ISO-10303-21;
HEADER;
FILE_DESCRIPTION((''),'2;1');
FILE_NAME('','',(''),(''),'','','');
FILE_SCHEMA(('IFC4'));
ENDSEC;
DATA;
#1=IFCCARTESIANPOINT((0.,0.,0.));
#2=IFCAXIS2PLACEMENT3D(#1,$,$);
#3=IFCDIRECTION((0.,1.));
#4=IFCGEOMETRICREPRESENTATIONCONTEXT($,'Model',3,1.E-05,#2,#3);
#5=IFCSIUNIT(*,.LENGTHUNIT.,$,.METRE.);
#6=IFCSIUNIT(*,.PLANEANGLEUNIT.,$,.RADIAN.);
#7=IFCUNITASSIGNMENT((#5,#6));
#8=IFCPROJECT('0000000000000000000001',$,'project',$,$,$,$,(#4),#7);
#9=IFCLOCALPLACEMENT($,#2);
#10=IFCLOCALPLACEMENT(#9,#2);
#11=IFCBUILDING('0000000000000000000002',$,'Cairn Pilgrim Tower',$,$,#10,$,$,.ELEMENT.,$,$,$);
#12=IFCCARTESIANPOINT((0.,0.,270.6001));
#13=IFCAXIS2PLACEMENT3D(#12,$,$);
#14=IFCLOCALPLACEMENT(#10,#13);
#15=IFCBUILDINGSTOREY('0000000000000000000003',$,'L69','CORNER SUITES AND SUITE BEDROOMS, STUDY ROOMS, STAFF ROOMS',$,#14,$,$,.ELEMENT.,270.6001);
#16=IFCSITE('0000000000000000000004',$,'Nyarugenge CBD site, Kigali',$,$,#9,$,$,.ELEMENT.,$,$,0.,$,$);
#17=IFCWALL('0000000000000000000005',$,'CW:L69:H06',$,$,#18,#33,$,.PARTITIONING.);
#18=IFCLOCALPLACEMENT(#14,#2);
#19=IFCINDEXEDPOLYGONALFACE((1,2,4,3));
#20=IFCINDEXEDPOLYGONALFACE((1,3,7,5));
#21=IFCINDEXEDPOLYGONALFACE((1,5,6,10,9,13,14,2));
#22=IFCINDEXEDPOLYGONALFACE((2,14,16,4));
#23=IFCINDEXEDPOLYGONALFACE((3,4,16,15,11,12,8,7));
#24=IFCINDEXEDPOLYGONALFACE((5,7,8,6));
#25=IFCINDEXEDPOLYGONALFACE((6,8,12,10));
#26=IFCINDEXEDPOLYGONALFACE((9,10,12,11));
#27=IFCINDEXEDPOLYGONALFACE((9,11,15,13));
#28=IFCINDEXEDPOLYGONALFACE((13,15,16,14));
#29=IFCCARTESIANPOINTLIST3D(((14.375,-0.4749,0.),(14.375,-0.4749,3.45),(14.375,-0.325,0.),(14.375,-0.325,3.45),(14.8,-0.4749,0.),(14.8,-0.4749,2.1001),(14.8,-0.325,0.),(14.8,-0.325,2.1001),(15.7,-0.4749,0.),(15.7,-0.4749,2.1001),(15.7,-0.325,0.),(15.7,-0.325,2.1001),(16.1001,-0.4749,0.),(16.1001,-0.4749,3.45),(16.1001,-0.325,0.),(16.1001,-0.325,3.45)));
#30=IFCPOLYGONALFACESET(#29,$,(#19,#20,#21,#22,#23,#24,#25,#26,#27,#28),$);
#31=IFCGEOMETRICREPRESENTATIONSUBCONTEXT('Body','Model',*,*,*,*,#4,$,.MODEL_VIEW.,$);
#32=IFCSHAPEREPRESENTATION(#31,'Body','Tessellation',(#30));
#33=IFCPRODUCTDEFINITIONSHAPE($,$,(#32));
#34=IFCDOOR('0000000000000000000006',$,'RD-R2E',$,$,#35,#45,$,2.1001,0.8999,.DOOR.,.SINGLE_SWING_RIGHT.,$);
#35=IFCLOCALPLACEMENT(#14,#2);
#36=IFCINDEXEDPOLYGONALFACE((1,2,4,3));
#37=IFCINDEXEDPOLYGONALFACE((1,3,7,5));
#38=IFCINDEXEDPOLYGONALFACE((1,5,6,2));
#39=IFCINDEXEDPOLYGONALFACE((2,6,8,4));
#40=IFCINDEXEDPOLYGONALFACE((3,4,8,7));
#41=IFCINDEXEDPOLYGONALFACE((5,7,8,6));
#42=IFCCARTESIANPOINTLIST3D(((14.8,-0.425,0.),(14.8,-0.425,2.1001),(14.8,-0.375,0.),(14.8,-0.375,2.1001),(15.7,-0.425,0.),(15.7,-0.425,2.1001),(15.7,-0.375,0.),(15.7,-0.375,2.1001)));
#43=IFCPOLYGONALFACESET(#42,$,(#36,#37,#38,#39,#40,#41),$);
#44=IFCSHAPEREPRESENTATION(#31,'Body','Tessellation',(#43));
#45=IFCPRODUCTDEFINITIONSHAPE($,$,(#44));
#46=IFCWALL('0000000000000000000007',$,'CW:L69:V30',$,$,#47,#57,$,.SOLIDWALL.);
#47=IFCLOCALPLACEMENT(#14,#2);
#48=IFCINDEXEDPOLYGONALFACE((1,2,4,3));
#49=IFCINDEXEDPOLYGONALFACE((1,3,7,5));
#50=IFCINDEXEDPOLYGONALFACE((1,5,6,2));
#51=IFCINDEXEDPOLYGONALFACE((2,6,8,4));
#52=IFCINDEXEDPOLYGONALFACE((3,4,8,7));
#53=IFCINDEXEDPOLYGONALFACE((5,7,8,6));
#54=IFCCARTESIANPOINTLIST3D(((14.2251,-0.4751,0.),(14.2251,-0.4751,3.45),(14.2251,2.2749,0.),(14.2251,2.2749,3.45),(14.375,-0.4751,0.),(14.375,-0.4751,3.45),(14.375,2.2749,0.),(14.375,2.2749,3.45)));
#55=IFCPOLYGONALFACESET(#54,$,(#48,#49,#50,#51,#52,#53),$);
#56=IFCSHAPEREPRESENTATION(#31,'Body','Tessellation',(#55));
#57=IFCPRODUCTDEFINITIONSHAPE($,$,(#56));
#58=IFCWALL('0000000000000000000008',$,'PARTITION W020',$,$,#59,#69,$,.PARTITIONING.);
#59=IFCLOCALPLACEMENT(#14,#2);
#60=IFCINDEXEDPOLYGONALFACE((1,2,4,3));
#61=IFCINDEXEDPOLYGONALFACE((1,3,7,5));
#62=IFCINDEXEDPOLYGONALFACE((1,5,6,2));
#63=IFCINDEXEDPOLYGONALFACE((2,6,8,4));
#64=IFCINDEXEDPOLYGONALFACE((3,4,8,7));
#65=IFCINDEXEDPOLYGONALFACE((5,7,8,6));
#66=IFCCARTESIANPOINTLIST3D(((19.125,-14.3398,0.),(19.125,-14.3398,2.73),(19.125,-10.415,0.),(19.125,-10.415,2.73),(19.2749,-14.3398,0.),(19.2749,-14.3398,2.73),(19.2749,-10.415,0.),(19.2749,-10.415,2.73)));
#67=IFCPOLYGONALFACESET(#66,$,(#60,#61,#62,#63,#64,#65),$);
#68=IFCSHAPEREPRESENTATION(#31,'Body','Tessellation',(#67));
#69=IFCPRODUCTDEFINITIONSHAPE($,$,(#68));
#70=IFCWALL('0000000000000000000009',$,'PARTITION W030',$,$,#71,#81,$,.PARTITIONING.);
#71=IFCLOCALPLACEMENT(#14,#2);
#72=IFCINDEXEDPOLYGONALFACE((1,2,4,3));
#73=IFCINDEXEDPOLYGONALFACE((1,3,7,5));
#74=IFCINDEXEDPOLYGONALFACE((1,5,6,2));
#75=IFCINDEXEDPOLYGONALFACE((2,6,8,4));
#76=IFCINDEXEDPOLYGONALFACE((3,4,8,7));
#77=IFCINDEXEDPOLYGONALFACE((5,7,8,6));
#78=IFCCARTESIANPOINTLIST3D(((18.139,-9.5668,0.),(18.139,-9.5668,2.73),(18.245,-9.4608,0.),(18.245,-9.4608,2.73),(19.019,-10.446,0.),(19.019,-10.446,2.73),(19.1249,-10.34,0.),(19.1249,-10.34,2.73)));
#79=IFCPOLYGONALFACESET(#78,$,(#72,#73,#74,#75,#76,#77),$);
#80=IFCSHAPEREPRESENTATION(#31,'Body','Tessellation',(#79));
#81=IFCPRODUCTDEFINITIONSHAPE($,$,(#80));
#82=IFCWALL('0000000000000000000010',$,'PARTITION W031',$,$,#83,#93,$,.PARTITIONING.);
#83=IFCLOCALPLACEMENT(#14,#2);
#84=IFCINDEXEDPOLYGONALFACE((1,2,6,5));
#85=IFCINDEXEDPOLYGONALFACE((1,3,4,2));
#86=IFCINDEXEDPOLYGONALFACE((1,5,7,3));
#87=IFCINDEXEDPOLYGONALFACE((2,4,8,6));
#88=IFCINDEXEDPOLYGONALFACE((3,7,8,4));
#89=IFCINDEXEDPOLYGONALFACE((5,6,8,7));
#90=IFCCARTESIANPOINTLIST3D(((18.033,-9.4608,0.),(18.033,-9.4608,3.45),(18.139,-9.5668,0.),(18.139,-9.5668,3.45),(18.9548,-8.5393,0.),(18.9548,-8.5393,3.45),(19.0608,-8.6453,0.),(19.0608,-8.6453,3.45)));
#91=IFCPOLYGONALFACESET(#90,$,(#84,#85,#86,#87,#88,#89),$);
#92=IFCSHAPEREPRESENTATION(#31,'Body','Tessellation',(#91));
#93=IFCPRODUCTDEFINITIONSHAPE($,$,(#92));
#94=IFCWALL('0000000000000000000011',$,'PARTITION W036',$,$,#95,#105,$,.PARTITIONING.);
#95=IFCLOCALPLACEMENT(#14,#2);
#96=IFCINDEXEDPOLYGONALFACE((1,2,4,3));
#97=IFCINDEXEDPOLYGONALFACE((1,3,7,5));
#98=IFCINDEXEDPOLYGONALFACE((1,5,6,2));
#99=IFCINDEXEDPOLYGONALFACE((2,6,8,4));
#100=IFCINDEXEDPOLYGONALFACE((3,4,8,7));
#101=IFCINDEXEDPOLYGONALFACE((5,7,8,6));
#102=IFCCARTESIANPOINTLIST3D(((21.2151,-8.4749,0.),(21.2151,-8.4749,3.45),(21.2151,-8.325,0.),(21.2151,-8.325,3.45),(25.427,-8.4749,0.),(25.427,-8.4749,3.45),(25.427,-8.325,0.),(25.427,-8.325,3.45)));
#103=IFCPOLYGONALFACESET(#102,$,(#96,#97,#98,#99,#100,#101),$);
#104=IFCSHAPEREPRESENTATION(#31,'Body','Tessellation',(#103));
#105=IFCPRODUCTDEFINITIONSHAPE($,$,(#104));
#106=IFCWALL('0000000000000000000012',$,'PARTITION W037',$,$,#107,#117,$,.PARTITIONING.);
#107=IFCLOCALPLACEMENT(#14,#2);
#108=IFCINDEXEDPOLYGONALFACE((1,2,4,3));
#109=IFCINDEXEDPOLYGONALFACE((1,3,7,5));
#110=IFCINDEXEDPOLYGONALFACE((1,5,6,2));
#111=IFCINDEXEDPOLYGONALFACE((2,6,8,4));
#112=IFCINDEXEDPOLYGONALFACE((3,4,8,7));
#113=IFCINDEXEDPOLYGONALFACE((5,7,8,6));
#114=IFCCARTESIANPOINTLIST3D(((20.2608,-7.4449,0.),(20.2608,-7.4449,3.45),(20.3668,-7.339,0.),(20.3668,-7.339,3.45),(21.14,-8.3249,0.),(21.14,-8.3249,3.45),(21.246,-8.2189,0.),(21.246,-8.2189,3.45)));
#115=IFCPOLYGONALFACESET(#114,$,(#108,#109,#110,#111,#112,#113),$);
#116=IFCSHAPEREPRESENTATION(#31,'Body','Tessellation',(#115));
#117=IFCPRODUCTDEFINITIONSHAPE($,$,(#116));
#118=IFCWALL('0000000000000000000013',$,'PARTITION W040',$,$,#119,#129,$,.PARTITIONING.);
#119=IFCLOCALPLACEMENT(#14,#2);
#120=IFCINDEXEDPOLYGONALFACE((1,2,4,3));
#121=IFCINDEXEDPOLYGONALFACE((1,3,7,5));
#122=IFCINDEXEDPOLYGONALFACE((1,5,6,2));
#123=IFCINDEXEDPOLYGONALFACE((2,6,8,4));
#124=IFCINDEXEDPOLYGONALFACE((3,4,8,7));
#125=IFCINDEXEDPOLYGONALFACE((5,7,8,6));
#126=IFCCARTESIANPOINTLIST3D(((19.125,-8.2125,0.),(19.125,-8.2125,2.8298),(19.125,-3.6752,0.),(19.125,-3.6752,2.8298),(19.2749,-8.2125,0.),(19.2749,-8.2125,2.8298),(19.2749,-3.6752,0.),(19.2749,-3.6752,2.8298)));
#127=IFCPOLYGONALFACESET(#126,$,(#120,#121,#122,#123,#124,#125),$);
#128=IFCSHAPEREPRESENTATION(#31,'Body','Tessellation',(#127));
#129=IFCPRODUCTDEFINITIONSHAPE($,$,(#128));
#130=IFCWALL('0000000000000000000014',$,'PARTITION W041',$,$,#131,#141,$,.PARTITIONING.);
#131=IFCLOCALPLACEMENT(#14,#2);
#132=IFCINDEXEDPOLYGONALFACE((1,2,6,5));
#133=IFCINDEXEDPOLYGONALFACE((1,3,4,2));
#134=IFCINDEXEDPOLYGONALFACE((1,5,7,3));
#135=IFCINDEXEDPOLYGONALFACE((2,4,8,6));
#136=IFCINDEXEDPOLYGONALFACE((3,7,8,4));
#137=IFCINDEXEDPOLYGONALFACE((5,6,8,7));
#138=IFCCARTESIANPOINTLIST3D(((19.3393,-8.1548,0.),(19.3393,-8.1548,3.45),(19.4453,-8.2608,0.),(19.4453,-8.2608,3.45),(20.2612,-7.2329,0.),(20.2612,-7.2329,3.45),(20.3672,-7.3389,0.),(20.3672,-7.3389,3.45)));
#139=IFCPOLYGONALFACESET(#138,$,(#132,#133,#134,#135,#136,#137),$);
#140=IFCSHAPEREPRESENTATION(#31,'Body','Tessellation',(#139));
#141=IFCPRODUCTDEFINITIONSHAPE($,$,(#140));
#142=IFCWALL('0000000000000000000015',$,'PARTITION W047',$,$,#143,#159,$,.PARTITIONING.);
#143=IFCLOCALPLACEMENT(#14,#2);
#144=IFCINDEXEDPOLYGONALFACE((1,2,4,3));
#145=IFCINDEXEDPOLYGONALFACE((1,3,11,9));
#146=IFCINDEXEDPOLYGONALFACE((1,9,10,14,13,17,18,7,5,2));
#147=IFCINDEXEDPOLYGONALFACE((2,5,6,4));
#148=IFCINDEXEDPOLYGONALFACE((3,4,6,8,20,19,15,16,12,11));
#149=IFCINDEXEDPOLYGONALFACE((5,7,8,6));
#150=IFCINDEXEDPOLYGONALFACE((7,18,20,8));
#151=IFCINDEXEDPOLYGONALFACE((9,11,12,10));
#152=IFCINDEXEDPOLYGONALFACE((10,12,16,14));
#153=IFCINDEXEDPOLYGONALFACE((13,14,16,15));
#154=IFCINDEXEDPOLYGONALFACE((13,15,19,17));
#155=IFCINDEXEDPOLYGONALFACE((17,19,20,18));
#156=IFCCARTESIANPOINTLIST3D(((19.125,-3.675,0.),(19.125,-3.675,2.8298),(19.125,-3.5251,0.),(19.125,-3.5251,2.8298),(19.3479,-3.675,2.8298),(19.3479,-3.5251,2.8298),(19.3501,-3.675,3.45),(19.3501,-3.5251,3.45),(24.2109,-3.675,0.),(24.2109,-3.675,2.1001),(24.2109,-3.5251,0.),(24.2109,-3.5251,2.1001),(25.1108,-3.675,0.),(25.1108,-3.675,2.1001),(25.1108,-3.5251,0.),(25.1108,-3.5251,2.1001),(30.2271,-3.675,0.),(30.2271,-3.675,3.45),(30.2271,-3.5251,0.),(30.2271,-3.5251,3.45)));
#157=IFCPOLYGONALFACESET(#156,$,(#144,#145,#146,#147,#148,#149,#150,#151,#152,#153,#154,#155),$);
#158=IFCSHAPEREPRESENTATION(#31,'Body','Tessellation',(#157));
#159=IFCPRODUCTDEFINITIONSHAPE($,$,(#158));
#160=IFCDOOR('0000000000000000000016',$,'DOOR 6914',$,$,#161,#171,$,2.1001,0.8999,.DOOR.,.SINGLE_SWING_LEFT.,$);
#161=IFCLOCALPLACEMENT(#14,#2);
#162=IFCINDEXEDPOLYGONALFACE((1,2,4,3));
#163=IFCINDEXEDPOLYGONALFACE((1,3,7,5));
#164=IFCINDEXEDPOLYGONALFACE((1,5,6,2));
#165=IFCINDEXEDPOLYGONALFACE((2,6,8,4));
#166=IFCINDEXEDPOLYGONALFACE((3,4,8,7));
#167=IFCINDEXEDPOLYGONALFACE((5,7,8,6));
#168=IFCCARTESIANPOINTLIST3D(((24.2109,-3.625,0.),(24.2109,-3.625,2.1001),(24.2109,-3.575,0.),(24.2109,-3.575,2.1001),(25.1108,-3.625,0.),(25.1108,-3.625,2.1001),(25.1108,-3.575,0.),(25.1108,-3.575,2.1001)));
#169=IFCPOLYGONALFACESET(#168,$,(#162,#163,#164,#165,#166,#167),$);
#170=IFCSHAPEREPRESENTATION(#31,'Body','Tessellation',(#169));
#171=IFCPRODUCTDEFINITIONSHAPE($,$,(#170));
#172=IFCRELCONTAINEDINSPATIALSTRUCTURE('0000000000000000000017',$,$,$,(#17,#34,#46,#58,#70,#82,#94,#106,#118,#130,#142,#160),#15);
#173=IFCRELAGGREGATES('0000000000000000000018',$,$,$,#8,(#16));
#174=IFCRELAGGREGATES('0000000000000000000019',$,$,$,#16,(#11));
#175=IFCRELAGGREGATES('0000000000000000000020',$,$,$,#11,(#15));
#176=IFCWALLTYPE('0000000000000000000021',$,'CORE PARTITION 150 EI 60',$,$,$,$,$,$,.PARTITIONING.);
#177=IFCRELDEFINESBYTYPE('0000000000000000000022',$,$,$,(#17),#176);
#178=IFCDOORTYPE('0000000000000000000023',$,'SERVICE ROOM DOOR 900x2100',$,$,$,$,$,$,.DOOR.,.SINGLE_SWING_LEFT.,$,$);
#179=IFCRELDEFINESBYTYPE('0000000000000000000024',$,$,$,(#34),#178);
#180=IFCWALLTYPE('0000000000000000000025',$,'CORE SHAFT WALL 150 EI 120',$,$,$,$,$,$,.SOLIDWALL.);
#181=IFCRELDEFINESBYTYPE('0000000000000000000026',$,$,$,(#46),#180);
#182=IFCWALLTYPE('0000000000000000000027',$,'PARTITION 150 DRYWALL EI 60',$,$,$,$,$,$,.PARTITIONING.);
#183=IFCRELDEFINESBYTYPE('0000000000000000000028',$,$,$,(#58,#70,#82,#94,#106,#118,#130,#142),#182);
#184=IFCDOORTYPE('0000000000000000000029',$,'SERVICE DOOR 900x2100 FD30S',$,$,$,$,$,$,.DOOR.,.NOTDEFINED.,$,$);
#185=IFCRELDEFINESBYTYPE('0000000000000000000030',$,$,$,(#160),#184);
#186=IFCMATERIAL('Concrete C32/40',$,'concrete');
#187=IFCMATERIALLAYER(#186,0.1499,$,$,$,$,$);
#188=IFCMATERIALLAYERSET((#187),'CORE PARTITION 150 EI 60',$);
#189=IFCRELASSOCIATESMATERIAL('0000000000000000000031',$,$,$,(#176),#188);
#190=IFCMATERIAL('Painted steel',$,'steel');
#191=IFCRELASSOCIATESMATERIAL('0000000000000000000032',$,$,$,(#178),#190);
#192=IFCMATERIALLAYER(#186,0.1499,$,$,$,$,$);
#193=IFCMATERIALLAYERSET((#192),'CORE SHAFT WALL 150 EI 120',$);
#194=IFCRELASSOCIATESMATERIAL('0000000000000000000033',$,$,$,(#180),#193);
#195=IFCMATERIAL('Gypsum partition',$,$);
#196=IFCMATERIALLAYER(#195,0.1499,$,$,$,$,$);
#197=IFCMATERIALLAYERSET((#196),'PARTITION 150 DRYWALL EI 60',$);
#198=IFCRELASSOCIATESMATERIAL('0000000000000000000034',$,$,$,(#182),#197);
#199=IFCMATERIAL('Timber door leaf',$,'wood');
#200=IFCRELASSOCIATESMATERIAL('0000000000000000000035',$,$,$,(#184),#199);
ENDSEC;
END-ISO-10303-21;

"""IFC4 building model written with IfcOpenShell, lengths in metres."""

from ifc_helpers import new_model, si_unit, direction, frame, frame_2d, origin, place, context, subcontext, project, spatial, polyline, rectangle, outline, extrude, material, layer, layer_set, type_object, element, fill, save


model = new_model("IFC4")

# Units and contexts
model_context = context("Model", 3, precision=1e-05, world=origin(), true_north=direction((0.0, 1.0)))
body_context = subcontext(model_context, "Body", "Model", "MODEL_VIEW")
ifc_project = project(units=[si_unit("LENGTHUNIT", "METRE"), si_unit("PLANEANGLEUNIT", "RADIAN")], contexts=[model_context])

# Site, building, storey
site_placement = place(None, origin())
site = spatial("IfcSite", under=ifc_project, at=site_placement, Name="Nyarugenge CBD site, Kigali", CompositionType="ELEMENT", RefElevation=0.0)
building_placement = place(site_placement, origin())
building = spatial("IfcBuilding", under=site, at=building_placement, Name="Cairn Pilgrim Tower", CompositionType="ELEMENT")
storey_placement = place(building_placement, frame((0.0, 0.0, 270.6001)))
storey = spatial("IfcBuildingStorey", under=building, at=storey_placement, Name="L69", Description="CORNER SUITES AND SUITE BEDROOMS, STUDY ROOMS, STAFF ROOMS", CompositionType="ELEMENT", Elevation=270.6001)

# Shared definitions
ifc_material_1 = material(Name="Concrete C32/40", Category="concrete")

# Shared definitions
ifc_material_2 = material(Name="Painted steel", Category="steel")

# Wall, opening, door
ifc_layer_1 = layer(ifc_material_1, 0.1499)
ifc_layer_set_1 = layer_set([ifc_layer_1], Name="CORE PARTITION 150 EI 60")
wall_type_1 = type_object("IfcWallType", Name="CORE PARTITION 150 EI 60", PredefinedType="PARTITIONING", material=ifc_layer_set_1)
wall_1_placement = place(storey_placement, frame((14.375, -0.3999, 0.0), z_axis=(0.0, 0.0, 1.0), x_axis=(1.0, 0.0, 0.0)))
wall_1 = element("IfcWall", 1, at=wall_1_placement, inside=storey, type_object=wall_type_1, Name="CW:L69:H06", PredefinedType="PARTITIONING", context=body_context, shape_type="SweptSolid", body=[
    extrude(rectangle(XDim=1.7251, YDim=0.1499, at=frame_2d((0.8625, 0.0))), origin(), (0.0, 0.0, 1.0), 3.45),
])
opening_1_placement = place(wall_1_placement, frame((0.425, 0.0, 0.0)))
opening_1 = element("IfcOpeningElement", 2, at=opening_1_placement, cuts=wall_1, PredefinedType="OPENING", context=body_context, shape_type="SweptSolid", body=[
    extrude(rectangle(XDim=0.8999, YDim=2.1001, at=frame_2d((0.45, 1.05))), frame((0.0, 0.085, 0.0), z_axis=(0.0, -1.0, 0.0), x_axis=(1.0, 0.0, 0.0)), (0.0, 0.0, 1.0), 0.1699),
])
door_type_1 = type_object("IfcDoorType", Name="SERVICE ROOM DOOR 900x2100", OperationType="SINGLE_SWING_LEFT", PredefinedType="DOOR", material=ifc_material_2)
door_1_placement = place(opening_1_placement, origin())
door_1 = element("IfcDoor", 3, at=door_1_placement, inside=storey, type_object=door_type_1, Name="RD-R2E", OperationType="SINGLE_SWING_RIGHT", OverallHeight=2.1001, OverallWidth=0.8999, PredefinedType="DOOR", context=body_context, shape_type="SweptSolid", body=[
    extrude(rectangle(XDim=0.8999, YDim=2.1001, at=frame_2d((0.45, 1.05))), frame((0.0, 0.0249, 0.0), z_axis=(0.0, -1.0, 0.0), x_axis=(1.0, 0.0, 0.0)), (0.0, 0.0, 1.0), 0.05),
])
fill(opening_1, door_1)

# Walls
ifc_layer_2 = layer(ifc_material_1, 0.1499)
ifc_layer_set_2 = layer_set([ifc_layer_2], Name="CORE SHAFT WALL 150 EI 120")
wall_type_2 = type_object("IfcWallType", Name="CORE SHAFT WALL 150 EI 120", PredefinedType="SOLIDWALL", material=ifc_layer_set_2)
wall_2_placement = place(storey_placement, frame((14.3, -0.4751, 0.0), z_axis=(0.0, 0.0, 1.0), x_axis=(0.0, 1.0, 0.0)))
element("IfcWall", 4, at=wall_2_placement, inside=storey, type_object=wall_type_2, Name="CW:L69:V30", PredefinedType="SOLIDWALL", context=body_context, shape_type="SweptSolid", body=[
    extrude(rectangle(XDim=2.75, YDim=0.1499, at=frame_2d((1.375, 0.0))), origin(), (0.0, 0.0, 1.0), 3.45),
])
ifc_material_3 = material(Name="Gypsum partition")
ifc_layer_3 = layer(ifc_material_3, 0.1499)
ifc_layer_set_3 = layer_set([ifc_layer_3], Name="PARTITION 150 DRYWALL EI 60")
wall_type_3 = type_object("IfcWallType", Name="PARTITION 150 DRYWALL EI 60", PredefinedType="PARTITIONING", material=ifc_layer_set_3)
wall_3_placement = place(storey_placement, frame((19.2, -14.3398, 0.0), z_axis=(0.0, 0.0, 1.0), x_axis=(0.0, 1.0, 0.0)))
element("IfcWall", 5, at=wall_3_placement, inside=storey, type_object=wall_type_3, Name="PARTITION W020", PredefinedType="PARTITIONING", context=body_context, shape_type="SweptSolid", body=[
    extrude(rectangle(XDim=3.9248, YDim=0.1499, at=frame_2d((1.9624, 0.0))), origin(), (0.0, 0.0, 1.0), 2.73),
])
wall_4_placement = place(storey_placement, frame((19.072, -10.3931, 0.0), z_axis=(0.0, 0.0, 1.0), x_axis=(-0.707401, 0.706812, 0.0)))
element("IfcWall", 6, at=wall_4_placement, inside=storey, type_object=wall_type_3, Name="PARTITION W030", PredefinedType="PARTITIONING", context=body_context, shape_type="SweptSolid", body=[
    extrude(rectangle(XDim=1.2439, YDim=0.1499, at=frame_2d((0.6221, 0.0))), origin(), (0.0, 0.0, 1.0), 2.73),
])
wall_5_placement = place(storey_placement, frame((18.0859, -9.5139, 0.0), z_axis=(0.0, 0.0, 1.0), x_axis=(0.7072, 0.707013, 0.0)))
element("IfcWall", 7, at=wall_5_placement, inside=storey, type_object=wall_type_3, Name="PARTITION W031", PredefinedType="PARTITIONING", context=body_context, shape_type="SweptSolid", body=[
    extrude(rectangle(XDim=1.3035, YDim=0.1499, at=frame_2d((0.6519, 0.0))), origin(), (0.0, 0.0, 1.0), 3.45),
])
wall_6_placement = place(storey_placement, frame((21.2151, -8.3999, 0.0), z_axis=(0.0, 0.0, 1.0), x_axis=(1.0, 0.0, 0.0)))
element("IfcWall", 8, at=wall_6_placement, inside=storey, type_object=wall_type_3, Name="PARTITION W036", PredefinedType="PARTITIONING", context=body_context, shape_type="SweptSolid", body=[
    extrude(rectangle(XDim=4.2119, YDim=0.1499, at=frame_2d((2.106, 0.0))), origin(), (0.0, 0.0, 1.0), 3.45),
])
wall_7_placement = place(storey_placement, frame((21.1931, -8.272, 0.0), z_axis=(0.0, 0.0, 1.0), x_axis=(-0.706812, 0.707401, 0.0)))
element("IfcWall", 9, at=wall_7_placement, inside=storey, type_object=wall_type_3, Name="PARTITION W037", PredefinedType="PARTITIONING", context=body_context, shape_type="SweptSolid", body=[
    extrude(rectangle(XDim=1.2439, YDim=0.1499, at=frame_2d((0.6221, 0.0))), origin(), (0.0, 0.0, 1.0), 3.45),
])
wall_8_placement = place(storey_placement, frame((19.2, -8.2124, 0.0), z_axis=(0.0, 0.0, 1.0), x_axis=(0.0, 1.0, 0.0)))
element("IfcWall", 10, at=wall_8_placement, inside=storey, type_object=wall_type_3, Name="PARTITION W040", PredefinedType="PARTITIONING", context=body_context, shape_type="SweptSolid", body=[
    extrude(rectangle(XDim=4.5374, YDim=0.1499, at=frame_2d((2.2686, 0.0))), origin(), (0.0, 0.0, 1.0), 2.8298),
])
wall_9_placement = place(storey_placement, frame((19.3923, -8.2078, 0.0), z_axis=(0.0, 0.0, 1.0), x_axis=(0.707107, 0.707107, 0.0)))
element("IfcWall", 11, at=wall_9_placement, inside=storey, type_object=wall_type_3, Name="PARTITION W041", PredefinedType="PARTITIONING", context=body_context, shape_type="SweptSolid", body=[
    extrude(rectangle(XDim=1.3037, YDim=0.1499, at=frame_2d((0.6519, 0.0))), origin(), (0.0, 0.0, 1.0), 3.45),
])

# Wall, opening, door
wall_10_placement = place(storey_placement, frame((19.125, -3.6001, 0.0), z_axis=(0.0, 0.0, 1.0), x_axis=(1.0, 0.0, 0.0)))
wall_10 = element("IfcWall", 12, at=wall_10_placement, inside=storey, type_object=wall_type_3, Name="PARTITION W047", PredefinedType="PARTITIONING", context=body_context, shape_type="SweptSolid", body=[
    extrude(outline(polyline([(0.0, 0.0), (11.1021, 0.0), (11.1021, 3.45), (0.2251, 3.45), (0.2229, 2.8298), (0.0, 2.8298), (0.0, 0.0)])), frame((0.0, 0.075, 0.0), z_axis=(0.0, -1.0, 0.0), x_axis=(1.0, 0.0, 0.0)), (0.0, 0.0, 1.0), 0.1499),
])
opening_2_placement = place(wall_10_placement, frame((5.0859, 0.0, 0.0)))
opening_2 = element("IfcOpeningElement", 13, at=opening_2_placement, cuts=wall_10, PredefinedType="OPENING", context=body_context, shape_type="SweptSolid", body=[
    extrude(rectangle(XDim=0.8999, YDim=2.1001, at=frame_2d((0.45, 1.05))), frame((0.0, 0.085, 0.0), z_axis=(0.0, -1.0, 0.0), x_axis=(1.0, 0.0, 0.0)), (0.0, 0.0, 1.0), 0.1699),
])
ifc_material_4 = material(Name="Timber door leaf", Category="wood")
door_type_2 = type_object("IfcDoorType", Name="SERVICE DOOR 900x2100 FD30S", OperationType="NOTDEFINED", PredefinedType="DOOR", material=ifc_material_4)
door_2_placement = place(opening_2_placement, frame((0.8999, 0.0, 0.0), z_axis=(0.0, 0.0, 1.0), x_axis=(-1.0, 0.0, 0.0)))
door_2 = element("IfcDoor", 14, at=door_2_placement, inside=storey, type_object=door_type_2, Name="DOOR 6914", OperationType="SINGLE_SWING_LEFT", OverallHeight=2.1001, OverallWidth=0.8999, PredefinedType="DOOR", context=body_context, shape_type="SweptSolid", body=[
    extrude(rectangle(XDim=0.8999, YDim=2.1001, at=frame_2d((0.45, 1.05))), frame((0.0, 0.0249, 0.0), z_axis=(0.0, -1.0, 0.0), x_axis=(1.0, 0.0, 0.0)), (0.0, 0.0, 1.0), 0.05),
])
fill(opening_2, door_2)

save(model, "model.ifc")
